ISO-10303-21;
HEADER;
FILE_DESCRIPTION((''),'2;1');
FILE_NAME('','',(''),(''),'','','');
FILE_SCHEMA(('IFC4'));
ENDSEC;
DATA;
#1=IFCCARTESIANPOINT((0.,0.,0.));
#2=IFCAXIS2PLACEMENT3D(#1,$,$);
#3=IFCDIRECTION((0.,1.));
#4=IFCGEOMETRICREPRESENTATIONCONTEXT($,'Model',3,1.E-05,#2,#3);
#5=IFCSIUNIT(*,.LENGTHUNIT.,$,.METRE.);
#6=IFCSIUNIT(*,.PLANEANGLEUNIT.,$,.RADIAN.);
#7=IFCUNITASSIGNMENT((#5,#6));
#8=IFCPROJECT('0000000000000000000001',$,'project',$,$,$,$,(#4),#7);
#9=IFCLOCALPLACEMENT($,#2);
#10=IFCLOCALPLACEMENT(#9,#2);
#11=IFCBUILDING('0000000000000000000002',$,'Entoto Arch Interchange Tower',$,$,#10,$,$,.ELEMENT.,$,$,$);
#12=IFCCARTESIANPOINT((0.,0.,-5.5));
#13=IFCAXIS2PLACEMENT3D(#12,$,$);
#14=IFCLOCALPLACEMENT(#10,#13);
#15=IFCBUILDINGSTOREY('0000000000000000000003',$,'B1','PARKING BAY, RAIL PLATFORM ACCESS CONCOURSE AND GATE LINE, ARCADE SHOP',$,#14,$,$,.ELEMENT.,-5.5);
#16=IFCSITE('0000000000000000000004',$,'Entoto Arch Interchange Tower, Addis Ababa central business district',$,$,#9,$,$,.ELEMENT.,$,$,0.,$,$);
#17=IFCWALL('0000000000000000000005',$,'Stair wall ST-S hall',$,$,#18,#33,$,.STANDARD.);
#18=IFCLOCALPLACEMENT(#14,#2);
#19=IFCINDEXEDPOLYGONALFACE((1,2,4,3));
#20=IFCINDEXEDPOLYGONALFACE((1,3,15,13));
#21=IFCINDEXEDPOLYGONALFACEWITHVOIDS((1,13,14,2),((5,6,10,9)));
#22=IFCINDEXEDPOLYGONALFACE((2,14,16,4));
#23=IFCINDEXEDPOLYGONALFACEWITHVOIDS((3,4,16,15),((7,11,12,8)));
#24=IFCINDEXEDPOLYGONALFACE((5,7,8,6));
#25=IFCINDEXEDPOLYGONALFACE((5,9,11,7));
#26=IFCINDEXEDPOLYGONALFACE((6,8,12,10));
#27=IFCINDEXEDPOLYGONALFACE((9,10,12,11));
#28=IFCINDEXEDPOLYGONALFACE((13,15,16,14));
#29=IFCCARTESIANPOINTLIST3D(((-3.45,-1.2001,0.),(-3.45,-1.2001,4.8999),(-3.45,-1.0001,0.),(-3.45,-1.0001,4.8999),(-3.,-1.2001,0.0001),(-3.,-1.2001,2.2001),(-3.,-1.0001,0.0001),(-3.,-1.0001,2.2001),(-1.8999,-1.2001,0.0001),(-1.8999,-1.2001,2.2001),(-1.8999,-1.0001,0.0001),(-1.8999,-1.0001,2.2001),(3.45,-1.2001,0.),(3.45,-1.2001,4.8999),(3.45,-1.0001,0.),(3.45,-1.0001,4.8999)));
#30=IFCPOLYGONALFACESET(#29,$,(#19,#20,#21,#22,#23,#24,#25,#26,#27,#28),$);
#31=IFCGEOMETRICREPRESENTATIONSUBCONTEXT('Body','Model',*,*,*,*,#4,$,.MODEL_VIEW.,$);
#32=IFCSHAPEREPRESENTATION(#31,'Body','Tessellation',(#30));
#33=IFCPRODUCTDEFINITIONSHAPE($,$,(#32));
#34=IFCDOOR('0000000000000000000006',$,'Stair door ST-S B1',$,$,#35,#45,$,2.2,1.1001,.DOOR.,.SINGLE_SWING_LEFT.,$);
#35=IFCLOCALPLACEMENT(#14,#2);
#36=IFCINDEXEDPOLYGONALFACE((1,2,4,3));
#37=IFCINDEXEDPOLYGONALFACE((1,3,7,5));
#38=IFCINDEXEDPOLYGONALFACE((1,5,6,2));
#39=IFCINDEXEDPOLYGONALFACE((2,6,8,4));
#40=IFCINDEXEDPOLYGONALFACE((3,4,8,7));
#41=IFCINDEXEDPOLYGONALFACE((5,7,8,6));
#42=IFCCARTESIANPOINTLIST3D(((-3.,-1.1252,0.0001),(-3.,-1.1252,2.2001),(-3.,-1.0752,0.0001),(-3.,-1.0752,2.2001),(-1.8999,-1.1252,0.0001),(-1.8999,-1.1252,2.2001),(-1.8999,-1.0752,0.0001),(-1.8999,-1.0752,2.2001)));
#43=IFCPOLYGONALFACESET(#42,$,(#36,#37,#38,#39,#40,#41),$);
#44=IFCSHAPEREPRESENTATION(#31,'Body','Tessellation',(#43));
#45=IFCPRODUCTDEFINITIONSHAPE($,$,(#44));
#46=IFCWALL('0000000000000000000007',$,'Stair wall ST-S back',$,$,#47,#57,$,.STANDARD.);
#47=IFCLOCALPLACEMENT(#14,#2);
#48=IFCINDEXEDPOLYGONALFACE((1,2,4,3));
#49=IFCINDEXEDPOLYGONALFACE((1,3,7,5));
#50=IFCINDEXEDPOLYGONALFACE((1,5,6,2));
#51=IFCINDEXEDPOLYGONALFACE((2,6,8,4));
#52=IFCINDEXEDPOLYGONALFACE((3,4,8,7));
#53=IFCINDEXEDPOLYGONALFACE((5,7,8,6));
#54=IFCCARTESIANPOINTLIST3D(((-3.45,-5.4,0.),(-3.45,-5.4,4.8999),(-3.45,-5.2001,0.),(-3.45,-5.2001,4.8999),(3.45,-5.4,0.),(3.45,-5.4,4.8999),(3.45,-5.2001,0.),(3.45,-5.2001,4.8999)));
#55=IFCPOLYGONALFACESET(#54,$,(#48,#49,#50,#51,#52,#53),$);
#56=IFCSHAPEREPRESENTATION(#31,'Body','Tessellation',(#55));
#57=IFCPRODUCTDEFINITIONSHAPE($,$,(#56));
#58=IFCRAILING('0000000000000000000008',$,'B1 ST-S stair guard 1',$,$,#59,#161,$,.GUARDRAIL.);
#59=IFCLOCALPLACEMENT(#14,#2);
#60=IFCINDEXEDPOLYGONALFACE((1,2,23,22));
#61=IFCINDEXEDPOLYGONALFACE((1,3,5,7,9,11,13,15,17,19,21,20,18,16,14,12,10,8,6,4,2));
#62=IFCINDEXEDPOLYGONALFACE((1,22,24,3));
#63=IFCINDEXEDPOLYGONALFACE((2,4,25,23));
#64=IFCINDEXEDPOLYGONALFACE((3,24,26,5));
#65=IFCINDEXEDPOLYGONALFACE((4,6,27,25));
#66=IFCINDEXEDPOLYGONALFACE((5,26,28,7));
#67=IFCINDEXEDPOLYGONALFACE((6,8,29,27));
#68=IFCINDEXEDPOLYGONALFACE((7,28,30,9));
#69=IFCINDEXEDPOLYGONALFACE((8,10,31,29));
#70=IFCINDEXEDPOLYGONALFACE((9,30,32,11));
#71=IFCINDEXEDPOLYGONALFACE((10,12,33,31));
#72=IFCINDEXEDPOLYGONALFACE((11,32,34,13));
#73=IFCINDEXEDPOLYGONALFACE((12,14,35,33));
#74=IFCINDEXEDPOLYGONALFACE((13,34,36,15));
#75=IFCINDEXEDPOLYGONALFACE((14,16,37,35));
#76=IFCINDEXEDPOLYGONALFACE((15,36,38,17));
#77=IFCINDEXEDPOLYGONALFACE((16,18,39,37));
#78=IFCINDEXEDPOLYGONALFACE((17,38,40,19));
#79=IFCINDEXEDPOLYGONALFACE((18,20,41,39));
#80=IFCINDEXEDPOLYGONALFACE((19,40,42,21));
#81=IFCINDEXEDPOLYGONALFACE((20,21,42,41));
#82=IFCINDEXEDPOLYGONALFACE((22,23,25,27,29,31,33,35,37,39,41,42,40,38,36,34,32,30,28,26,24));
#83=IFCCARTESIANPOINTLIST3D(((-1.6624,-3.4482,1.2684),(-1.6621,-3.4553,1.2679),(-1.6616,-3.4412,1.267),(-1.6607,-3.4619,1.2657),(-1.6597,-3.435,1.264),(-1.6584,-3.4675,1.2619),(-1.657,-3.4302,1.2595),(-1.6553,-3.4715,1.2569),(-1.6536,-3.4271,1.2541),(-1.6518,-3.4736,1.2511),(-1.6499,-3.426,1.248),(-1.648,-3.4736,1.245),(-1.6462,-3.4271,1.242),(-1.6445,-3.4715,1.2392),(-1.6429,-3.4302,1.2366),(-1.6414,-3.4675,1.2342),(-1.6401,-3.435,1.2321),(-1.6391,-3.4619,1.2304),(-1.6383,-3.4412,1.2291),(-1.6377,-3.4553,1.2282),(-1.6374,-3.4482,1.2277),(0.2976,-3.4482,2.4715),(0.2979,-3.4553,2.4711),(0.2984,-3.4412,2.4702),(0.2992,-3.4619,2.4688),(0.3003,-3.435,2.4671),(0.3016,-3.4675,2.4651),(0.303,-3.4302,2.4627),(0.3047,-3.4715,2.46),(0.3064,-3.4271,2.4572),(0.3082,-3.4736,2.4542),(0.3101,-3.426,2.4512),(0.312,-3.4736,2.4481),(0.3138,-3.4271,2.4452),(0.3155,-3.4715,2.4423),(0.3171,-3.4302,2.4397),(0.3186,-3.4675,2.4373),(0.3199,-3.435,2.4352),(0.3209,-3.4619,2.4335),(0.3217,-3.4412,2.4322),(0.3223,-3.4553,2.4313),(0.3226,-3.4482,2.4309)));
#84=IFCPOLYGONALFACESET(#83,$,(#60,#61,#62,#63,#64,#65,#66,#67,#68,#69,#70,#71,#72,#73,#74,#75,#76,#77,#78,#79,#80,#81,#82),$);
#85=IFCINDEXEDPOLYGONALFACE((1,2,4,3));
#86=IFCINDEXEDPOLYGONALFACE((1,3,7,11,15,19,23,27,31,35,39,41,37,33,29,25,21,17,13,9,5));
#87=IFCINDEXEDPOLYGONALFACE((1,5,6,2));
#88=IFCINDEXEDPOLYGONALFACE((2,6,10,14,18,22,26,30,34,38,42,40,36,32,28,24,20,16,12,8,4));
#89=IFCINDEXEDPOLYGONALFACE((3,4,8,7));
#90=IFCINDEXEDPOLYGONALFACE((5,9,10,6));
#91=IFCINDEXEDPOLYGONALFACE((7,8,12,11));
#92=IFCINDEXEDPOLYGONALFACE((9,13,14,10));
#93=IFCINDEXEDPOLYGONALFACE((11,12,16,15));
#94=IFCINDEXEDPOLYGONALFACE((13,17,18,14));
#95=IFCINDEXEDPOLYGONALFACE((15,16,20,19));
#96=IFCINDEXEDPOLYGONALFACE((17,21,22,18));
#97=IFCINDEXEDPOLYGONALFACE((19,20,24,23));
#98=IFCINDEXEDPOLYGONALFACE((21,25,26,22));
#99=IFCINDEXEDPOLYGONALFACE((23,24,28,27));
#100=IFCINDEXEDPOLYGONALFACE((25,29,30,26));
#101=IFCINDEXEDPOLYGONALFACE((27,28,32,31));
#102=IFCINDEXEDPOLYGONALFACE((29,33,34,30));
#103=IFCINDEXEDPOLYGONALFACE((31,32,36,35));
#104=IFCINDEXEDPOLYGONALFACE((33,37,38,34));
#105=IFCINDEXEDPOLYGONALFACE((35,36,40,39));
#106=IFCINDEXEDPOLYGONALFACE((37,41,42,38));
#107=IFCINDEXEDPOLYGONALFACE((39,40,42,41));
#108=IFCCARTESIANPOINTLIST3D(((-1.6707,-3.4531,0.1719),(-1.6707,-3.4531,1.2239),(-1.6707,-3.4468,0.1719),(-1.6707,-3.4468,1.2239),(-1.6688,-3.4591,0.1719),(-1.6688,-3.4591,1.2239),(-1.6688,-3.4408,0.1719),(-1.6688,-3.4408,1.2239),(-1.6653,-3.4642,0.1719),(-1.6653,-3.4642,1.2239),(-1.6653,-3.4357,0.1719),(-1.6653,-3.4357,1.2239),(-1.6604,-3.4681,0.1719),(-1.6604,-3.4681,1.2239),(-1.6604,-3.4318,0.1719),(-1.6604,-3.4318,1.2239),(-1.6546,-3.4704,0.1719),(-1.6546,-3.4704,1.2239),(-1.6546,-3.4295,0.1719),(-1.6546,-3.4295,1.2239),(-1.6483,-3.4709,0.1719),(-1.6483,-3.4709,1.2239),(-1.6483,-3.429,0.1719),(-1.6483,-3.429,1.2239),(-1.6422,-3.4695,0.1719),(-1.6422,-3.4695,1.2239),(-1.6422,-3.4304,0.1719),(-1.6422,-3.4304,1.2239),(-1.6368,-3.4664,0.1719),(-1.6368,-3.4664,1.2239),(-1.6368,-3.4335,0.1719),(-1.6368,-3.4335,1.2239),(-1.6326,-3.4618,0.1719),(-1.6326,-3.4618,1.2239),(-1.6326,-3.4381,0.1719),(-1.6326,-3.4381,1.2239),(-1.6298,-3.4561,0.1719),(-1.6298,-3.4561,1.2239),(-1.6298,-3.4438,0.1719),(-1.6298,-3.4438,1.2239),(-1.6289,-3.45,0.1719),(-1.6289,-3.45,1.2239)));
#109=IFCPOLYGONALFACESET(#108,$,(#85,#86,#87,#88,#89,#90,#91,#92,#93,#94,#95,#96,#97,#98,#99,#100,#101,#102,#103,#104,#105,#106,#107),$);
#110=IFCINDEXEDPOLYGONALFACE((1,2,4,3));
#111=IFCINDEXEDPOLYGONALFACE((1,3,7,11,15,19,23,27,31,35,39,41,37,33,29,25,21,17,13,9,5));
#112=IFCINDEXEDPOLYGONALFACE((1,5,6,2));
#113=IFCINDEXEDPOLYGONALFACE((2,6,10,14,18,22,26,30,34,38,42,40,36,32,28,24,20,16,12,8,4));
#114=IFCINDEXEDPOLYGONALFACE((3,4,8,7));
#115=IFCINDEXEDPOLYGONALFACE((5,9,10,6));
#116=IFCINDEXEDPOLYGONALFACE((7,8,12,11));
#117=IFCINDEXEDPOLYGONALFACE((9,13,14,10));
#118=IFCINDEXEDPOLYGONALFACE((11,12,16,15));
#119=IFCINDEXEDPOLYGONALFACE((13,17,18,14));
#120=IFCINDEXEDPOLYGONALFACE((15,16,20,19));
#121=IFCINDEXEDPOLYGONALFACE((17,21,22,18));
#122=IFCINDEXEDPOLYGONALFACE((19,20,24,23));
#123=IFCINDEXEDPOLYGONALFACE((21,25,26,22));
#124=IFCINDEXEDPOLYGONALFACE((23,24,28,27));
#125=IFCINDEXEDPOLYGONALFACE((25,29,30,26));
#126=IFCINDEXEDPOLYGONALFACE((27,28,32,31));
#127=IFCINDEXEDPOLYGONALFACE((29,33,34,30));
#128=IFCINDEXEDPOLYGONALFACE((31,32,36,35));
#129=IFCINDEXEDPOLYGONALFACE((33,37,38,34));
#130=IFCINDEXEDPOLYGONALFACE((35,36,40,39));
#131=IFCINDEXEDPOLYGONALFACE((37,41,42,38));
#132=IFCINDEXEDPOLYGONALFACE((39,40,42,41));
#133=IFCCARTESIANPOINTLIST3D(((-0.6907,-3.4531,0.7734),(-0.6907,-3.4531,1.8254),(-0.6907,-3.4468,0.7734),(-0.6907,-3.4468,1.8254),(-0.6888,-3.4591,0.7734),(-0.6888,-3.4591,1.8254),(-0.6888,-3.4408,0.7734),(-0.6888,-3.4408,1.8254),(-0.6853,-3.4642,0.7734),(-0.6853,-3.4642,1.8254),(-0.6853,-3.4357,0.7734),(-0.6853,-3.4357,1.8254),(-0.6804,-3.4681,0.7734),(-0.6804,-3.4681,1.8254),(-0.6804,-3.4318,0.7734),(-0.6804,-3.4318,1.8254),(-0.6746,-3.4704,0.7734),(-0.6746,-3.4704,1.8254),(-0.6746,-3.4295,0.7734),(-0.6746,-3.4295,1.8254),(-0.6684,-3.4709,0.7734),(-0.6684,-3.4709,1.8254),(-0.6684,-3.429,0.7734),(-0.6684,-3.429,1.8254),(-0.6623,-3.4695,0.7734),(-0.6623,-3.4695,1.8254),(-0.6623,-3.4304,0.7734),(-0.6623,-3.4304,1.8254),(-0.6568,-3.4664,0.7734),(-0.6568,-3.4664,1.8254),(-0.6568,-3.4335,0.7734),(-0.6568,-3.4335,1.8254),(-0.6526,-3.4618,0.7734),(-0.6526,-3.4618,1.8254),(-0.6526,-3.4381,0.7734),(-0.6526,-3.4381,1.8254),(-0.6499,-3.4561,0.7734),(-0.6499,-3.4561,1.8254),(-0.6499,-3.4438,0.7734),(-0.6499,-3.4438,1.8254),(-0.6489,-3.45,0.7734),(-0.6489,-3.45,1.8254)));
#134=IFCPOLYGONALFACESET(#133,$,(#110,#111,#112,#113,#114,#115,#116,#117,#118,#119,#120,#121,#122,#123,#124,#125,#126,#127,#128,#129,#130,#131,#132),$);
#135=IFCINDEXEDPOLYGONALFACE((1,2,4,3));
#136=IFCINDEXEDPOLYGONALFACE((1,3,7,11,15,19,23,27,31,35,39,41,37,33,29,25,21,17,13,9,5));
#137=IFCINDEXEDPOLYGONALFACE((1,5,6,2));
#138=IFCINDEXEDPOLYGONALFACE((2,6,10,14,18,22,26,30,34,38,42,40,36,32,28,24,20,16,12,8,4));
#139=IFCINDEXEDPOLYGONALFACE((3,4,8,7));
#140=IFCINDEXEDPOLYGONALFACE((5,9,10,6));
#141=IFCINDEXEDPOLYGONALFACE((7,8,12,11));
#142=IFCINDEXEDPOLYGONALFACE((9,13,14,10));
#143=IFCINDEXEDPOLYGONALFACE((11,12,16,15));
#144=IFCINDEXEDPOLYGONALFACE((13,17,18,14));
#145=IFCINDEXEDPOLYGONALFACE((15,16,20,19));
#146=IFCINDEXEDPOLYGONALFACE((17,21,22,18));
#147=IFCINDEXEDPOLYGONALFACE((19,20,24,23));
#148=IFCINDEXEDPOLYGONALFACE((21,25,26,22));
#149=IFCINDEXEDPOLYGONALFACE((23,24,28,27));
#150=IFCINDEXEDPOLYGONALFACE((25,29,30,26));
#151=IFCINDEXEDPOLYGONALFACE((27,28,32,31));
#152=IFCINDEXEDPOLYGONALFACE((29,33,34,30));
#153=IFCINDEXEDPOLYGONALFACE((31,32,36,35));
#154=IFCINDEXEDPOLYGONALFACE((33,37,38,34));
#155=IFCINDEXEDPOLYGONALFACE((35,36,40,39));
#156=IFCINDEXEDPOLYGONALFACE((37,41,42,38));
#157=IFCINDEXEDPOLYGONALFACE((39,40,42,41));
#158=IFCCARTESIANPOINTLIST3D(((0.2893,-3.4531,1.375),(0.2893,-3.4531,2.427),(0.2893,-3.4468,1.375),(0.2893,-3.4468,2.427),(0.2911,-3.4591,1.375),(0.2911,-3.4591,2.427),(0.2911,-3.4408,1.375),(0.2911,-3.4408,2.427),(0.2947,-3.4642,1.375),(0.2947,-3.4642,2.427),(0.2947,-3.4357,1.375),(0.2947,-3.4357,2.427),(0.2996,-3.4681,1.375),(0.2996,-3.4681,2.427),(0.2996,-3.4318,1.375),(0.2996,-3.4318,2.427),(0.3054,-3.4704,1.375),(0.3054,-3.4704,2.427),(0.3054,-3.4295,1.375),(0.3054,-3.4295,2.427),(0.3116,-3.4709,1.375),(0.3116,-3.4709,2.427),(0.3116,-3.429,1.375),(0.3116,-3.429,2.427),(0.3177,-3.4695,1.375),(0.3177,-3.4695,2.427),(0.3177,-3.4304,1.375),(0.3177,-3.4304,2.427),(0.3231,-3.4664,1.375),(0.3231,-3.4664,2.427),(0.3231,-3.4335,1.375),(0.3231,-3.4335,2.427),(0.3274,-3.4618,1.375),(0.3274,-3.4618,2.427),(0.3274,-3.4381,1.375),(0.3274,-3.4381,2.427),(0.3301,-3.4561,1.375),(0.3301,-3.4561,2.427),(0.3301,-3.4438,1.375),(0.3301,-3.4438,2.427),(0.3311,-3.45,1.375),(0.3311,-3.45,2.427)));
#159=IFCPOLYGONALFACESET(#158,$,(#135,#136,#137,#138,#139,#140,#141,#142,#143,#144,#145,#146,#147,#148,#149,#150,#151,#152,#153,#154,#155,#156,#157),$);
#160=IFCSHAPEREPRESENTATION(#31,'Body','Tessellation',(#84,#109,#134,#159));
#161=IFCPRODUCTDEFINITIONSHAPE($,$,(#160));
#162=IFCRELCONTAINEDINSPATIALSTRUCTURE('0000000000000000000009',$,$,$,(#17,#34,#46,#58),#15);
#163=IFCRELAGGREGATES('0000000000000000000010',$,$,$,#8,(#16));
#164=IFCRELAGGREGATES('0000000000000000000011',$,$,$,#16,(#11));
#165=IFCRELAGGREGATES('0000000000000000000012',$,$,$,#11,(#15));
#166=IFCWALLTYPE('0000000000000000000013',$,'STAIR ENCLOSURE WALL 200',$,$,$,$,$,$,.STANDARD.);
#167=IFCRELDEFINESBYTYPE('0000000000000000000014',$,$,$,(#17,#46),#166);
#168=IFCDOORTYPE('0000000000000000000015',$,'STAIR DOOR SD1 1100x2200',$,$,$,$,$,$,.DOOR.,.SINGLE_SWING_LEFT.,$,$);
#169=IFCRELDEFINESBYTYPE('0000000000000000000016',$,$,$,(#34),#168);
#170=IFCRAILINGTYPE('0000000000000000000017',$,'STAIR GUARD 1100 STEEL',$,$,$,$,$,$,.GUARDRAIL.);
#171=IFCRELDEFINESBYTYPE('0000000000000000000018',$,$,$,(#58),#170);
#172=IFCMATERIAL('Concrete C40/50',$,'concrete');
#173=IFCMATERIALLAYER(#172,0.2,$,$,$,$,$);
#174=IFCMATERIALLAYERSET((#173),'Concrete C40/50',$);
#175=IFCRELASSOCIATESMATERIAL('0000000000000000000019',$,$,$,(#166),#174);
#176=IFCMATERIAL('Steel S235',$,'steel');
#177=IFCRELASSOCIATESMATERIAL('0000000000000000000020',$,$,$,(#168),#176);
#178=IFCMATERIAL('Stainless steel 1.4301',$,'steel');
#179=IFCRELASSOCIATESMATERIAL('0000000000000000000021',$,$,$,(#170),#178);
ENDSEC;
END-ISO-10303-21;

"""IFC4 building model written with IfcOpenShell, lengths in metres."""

from ifc_helpers import new_model, si_unit, direction, frame, frame_2d, origin, origin_2d, place, context, subcontext, project, spatial, rectangle, circle, extrude, material, layer, layer_set, type_object, element, fill, save


model = new_model("IFC4")

# Units and contexts
model_context = context("Model", 3, precision=1e-05, world=origin(), true_north=direction((0.0, 1.0)))
body_context = subcontext(model_context, "Body", "Model", "MODEL_VIEW")
ifc_project = project(units=[si_unit("LENGTHUNIT", "METRE"), si_unit("PLANEANGLEUNIT", "RADIAN")], contexts=[model_context])

# Site, building, storey
site_placement = place(None, origin())
site = spatial("IfcSite", under=ifc_project, at=site_placement, Name="Entoto Arch Interchange Tower, Addis Ababa central business district", CompositionType="ELEMENT", RefElevation=0.0)
building_placement = place(site_placement, origin())
building = spatial("IfcBuilding", under=site, at=building_placement, Name="Entoto Arch Interchange Tower", CompositionType="ELEMENT")
storey_placement = place(building_placement, frame((0.0, 0.0, -5.5)))
storey = spatial("IfcBuildingStorey", under=building, at=storey_placement, Name="B1", Description="PARKING BAY, RAIL PLATFORM ACCESS CONCOURSE AND GATE LINE, ARCADE SHOP", CompositionType="ELEMENT", Elevation=-5.5)

# Shared definitions
ifc_material_1 = material(Name="Concrete C40/50", Category="concrete")

# Wall, opening, door
ifc_layer_1 = layer(ifc_material_1, 0.2)
ifc_layer_set_1 = layer_set([ifc_layer_1], Name="Concrete C40/50")
wall_type_1 = type_object("IfcWallType", Name="STAIR ENCLOSURE WALL 200", PredefinedType="STANDARD", material=ifc_layer_set_1)
ifc_material_2 = material(Name="Steel S235", Category="steel")
door_type_1 = type_object("IfcDoorType", Name="STAIR DOOR SD1 1100x2200", OperationType="SINGLE_SWING_LEFT", PredefinedType="DOOR", material=ifc_material_2)
wall_1_placement = place(storey_placement, frame((-3.45, -1.1001, 0.0), z_axis=(0.0, 0.0, 1.0), x_axis=(1.0, 0.0, 0.0)))
wall_1 = element("IfcWall", 1, at=wall_1_placement, inside=storey, type_object=wall_type_1, Name="Stair wall ST-S hall", PredefinedType="STANDARD", context=body_context, shape_type="SweptSolid", body=[
    extrude(rectangle(XDim=6.8999, YDim=0.2, at=frame_2d((3.45, 0.0))), origin(), (0.0, 0.0, 1.0), 4.8999),
])
opening_1_placement = place(wall_1_placement, frame((0.45, 0.0, 0.0)))
opening_1 = element("IfcOpeningElement", 2, at=opening_1_placement, cuts=wall_1, PredefinedType="OPENING", context=body_context, shape_type="SweptSolid", body=[
    extrude(rectangle(XDim=1.1001, YDim=2.2, at=frame_2d((0.55, 1.1001))), frame((0.0, 0.1099, 0.0), z_axis=(0.0, -1.0, 0.0), x_axis=(1.0, 0.0, 0.0)), (0.0, 0.0, 1.0), 0.22),
])
door_1_placement = place(opening_1_placement, origin())
door_1 = element("IfcDoor", 3, at=door_1_placement, inside=storey, type_object=door_type_1, Name="Stair door ST-S B1", OperationType="SINGLE_SWING_LEFT", OverallHeight=2.2, OverallWidth=1.1001, PredefinedType="DOOR", context=body_context, shape_type="SweptSolid", body=[
    extrude(rectangle(XDim=1.1001, YDim=2.2, at=frame_2d((0.55, 1.1001))), frame((0.0, 0.0249, 0.0), z_axis=(0.0, -1.0, 0.0), x_axis=(1.0, 0.0, 0.0)), (0.0, 0.0, 1.0), 0.05),
])
fill(opening_1, door_1)

# Wall
wall_2_placement = place(storey_placement, frame((-3.45, -5.3, 0.0), z_axis=(0.0, 0.0, 1.0), x_axis=(1.0, 0.0, 0.0)))
element("IfcWall", 4, at=wall_2_placement, inside=storey, type_object=wall_type_1, Name="Stair wall ST-S back", PredefinedType="STANDARD", context=body_context, shape_type="SweptSolid", body=[
    extrude(rectangle(XDim=6.8999, YDim=0.2, at=frame_2d((3.45, 0.0))), origin(), (0.0, 0.0, 1.0), 4.8999),
])

# Railing
ifc_material_3 = material(Name="Stainless steel 1.4301", Category="steel")
railing_type_1 = type_object("IfcRailingType", Name="STAIR GUARD 1100 STEEL", PredefinedType="GUARDRAIL", material=ifc_material_3)
railing_1_placement = place(storey_placement, frame((-1.6499, -3.45, 0.1719)))
element("IfcRailing", 5, at=railing_1_placement, inside=storey, type_object=railing_type_1, Name="B1 ST-S stair guard 1", PredefinedType="GUARDRAIL", context=body_context, shape_type="SweptSolid", body=[
    extrude(circle(Radius=0.0239, at=origin_2d()), frame((0.0, 0.0, 1.0762), z_axis=(0.852241, 0.0, 0.523149), x_axis=(0.0, 1.0, 0.0)), (0.0, 0.0, 1.0), 2.2998),
    extrude(circle(Radius=0.021, at=origin_2d()), origin(), (0.0, 0.0, 1.0), 1.052),
    extrude(circle(Radius=0.021, at=origin_2d()), frame((0.98, 0.0, 0.6016)), (0.0, 0.0, 1.0), 1.052),
    extrude(circle(Radius=0.021, at=origin_2d()), frame((1.96, 0.0, 1.2031)), (0.0, 0.0, 1.0), 1.052),
])

save(model, "model.ifc")
